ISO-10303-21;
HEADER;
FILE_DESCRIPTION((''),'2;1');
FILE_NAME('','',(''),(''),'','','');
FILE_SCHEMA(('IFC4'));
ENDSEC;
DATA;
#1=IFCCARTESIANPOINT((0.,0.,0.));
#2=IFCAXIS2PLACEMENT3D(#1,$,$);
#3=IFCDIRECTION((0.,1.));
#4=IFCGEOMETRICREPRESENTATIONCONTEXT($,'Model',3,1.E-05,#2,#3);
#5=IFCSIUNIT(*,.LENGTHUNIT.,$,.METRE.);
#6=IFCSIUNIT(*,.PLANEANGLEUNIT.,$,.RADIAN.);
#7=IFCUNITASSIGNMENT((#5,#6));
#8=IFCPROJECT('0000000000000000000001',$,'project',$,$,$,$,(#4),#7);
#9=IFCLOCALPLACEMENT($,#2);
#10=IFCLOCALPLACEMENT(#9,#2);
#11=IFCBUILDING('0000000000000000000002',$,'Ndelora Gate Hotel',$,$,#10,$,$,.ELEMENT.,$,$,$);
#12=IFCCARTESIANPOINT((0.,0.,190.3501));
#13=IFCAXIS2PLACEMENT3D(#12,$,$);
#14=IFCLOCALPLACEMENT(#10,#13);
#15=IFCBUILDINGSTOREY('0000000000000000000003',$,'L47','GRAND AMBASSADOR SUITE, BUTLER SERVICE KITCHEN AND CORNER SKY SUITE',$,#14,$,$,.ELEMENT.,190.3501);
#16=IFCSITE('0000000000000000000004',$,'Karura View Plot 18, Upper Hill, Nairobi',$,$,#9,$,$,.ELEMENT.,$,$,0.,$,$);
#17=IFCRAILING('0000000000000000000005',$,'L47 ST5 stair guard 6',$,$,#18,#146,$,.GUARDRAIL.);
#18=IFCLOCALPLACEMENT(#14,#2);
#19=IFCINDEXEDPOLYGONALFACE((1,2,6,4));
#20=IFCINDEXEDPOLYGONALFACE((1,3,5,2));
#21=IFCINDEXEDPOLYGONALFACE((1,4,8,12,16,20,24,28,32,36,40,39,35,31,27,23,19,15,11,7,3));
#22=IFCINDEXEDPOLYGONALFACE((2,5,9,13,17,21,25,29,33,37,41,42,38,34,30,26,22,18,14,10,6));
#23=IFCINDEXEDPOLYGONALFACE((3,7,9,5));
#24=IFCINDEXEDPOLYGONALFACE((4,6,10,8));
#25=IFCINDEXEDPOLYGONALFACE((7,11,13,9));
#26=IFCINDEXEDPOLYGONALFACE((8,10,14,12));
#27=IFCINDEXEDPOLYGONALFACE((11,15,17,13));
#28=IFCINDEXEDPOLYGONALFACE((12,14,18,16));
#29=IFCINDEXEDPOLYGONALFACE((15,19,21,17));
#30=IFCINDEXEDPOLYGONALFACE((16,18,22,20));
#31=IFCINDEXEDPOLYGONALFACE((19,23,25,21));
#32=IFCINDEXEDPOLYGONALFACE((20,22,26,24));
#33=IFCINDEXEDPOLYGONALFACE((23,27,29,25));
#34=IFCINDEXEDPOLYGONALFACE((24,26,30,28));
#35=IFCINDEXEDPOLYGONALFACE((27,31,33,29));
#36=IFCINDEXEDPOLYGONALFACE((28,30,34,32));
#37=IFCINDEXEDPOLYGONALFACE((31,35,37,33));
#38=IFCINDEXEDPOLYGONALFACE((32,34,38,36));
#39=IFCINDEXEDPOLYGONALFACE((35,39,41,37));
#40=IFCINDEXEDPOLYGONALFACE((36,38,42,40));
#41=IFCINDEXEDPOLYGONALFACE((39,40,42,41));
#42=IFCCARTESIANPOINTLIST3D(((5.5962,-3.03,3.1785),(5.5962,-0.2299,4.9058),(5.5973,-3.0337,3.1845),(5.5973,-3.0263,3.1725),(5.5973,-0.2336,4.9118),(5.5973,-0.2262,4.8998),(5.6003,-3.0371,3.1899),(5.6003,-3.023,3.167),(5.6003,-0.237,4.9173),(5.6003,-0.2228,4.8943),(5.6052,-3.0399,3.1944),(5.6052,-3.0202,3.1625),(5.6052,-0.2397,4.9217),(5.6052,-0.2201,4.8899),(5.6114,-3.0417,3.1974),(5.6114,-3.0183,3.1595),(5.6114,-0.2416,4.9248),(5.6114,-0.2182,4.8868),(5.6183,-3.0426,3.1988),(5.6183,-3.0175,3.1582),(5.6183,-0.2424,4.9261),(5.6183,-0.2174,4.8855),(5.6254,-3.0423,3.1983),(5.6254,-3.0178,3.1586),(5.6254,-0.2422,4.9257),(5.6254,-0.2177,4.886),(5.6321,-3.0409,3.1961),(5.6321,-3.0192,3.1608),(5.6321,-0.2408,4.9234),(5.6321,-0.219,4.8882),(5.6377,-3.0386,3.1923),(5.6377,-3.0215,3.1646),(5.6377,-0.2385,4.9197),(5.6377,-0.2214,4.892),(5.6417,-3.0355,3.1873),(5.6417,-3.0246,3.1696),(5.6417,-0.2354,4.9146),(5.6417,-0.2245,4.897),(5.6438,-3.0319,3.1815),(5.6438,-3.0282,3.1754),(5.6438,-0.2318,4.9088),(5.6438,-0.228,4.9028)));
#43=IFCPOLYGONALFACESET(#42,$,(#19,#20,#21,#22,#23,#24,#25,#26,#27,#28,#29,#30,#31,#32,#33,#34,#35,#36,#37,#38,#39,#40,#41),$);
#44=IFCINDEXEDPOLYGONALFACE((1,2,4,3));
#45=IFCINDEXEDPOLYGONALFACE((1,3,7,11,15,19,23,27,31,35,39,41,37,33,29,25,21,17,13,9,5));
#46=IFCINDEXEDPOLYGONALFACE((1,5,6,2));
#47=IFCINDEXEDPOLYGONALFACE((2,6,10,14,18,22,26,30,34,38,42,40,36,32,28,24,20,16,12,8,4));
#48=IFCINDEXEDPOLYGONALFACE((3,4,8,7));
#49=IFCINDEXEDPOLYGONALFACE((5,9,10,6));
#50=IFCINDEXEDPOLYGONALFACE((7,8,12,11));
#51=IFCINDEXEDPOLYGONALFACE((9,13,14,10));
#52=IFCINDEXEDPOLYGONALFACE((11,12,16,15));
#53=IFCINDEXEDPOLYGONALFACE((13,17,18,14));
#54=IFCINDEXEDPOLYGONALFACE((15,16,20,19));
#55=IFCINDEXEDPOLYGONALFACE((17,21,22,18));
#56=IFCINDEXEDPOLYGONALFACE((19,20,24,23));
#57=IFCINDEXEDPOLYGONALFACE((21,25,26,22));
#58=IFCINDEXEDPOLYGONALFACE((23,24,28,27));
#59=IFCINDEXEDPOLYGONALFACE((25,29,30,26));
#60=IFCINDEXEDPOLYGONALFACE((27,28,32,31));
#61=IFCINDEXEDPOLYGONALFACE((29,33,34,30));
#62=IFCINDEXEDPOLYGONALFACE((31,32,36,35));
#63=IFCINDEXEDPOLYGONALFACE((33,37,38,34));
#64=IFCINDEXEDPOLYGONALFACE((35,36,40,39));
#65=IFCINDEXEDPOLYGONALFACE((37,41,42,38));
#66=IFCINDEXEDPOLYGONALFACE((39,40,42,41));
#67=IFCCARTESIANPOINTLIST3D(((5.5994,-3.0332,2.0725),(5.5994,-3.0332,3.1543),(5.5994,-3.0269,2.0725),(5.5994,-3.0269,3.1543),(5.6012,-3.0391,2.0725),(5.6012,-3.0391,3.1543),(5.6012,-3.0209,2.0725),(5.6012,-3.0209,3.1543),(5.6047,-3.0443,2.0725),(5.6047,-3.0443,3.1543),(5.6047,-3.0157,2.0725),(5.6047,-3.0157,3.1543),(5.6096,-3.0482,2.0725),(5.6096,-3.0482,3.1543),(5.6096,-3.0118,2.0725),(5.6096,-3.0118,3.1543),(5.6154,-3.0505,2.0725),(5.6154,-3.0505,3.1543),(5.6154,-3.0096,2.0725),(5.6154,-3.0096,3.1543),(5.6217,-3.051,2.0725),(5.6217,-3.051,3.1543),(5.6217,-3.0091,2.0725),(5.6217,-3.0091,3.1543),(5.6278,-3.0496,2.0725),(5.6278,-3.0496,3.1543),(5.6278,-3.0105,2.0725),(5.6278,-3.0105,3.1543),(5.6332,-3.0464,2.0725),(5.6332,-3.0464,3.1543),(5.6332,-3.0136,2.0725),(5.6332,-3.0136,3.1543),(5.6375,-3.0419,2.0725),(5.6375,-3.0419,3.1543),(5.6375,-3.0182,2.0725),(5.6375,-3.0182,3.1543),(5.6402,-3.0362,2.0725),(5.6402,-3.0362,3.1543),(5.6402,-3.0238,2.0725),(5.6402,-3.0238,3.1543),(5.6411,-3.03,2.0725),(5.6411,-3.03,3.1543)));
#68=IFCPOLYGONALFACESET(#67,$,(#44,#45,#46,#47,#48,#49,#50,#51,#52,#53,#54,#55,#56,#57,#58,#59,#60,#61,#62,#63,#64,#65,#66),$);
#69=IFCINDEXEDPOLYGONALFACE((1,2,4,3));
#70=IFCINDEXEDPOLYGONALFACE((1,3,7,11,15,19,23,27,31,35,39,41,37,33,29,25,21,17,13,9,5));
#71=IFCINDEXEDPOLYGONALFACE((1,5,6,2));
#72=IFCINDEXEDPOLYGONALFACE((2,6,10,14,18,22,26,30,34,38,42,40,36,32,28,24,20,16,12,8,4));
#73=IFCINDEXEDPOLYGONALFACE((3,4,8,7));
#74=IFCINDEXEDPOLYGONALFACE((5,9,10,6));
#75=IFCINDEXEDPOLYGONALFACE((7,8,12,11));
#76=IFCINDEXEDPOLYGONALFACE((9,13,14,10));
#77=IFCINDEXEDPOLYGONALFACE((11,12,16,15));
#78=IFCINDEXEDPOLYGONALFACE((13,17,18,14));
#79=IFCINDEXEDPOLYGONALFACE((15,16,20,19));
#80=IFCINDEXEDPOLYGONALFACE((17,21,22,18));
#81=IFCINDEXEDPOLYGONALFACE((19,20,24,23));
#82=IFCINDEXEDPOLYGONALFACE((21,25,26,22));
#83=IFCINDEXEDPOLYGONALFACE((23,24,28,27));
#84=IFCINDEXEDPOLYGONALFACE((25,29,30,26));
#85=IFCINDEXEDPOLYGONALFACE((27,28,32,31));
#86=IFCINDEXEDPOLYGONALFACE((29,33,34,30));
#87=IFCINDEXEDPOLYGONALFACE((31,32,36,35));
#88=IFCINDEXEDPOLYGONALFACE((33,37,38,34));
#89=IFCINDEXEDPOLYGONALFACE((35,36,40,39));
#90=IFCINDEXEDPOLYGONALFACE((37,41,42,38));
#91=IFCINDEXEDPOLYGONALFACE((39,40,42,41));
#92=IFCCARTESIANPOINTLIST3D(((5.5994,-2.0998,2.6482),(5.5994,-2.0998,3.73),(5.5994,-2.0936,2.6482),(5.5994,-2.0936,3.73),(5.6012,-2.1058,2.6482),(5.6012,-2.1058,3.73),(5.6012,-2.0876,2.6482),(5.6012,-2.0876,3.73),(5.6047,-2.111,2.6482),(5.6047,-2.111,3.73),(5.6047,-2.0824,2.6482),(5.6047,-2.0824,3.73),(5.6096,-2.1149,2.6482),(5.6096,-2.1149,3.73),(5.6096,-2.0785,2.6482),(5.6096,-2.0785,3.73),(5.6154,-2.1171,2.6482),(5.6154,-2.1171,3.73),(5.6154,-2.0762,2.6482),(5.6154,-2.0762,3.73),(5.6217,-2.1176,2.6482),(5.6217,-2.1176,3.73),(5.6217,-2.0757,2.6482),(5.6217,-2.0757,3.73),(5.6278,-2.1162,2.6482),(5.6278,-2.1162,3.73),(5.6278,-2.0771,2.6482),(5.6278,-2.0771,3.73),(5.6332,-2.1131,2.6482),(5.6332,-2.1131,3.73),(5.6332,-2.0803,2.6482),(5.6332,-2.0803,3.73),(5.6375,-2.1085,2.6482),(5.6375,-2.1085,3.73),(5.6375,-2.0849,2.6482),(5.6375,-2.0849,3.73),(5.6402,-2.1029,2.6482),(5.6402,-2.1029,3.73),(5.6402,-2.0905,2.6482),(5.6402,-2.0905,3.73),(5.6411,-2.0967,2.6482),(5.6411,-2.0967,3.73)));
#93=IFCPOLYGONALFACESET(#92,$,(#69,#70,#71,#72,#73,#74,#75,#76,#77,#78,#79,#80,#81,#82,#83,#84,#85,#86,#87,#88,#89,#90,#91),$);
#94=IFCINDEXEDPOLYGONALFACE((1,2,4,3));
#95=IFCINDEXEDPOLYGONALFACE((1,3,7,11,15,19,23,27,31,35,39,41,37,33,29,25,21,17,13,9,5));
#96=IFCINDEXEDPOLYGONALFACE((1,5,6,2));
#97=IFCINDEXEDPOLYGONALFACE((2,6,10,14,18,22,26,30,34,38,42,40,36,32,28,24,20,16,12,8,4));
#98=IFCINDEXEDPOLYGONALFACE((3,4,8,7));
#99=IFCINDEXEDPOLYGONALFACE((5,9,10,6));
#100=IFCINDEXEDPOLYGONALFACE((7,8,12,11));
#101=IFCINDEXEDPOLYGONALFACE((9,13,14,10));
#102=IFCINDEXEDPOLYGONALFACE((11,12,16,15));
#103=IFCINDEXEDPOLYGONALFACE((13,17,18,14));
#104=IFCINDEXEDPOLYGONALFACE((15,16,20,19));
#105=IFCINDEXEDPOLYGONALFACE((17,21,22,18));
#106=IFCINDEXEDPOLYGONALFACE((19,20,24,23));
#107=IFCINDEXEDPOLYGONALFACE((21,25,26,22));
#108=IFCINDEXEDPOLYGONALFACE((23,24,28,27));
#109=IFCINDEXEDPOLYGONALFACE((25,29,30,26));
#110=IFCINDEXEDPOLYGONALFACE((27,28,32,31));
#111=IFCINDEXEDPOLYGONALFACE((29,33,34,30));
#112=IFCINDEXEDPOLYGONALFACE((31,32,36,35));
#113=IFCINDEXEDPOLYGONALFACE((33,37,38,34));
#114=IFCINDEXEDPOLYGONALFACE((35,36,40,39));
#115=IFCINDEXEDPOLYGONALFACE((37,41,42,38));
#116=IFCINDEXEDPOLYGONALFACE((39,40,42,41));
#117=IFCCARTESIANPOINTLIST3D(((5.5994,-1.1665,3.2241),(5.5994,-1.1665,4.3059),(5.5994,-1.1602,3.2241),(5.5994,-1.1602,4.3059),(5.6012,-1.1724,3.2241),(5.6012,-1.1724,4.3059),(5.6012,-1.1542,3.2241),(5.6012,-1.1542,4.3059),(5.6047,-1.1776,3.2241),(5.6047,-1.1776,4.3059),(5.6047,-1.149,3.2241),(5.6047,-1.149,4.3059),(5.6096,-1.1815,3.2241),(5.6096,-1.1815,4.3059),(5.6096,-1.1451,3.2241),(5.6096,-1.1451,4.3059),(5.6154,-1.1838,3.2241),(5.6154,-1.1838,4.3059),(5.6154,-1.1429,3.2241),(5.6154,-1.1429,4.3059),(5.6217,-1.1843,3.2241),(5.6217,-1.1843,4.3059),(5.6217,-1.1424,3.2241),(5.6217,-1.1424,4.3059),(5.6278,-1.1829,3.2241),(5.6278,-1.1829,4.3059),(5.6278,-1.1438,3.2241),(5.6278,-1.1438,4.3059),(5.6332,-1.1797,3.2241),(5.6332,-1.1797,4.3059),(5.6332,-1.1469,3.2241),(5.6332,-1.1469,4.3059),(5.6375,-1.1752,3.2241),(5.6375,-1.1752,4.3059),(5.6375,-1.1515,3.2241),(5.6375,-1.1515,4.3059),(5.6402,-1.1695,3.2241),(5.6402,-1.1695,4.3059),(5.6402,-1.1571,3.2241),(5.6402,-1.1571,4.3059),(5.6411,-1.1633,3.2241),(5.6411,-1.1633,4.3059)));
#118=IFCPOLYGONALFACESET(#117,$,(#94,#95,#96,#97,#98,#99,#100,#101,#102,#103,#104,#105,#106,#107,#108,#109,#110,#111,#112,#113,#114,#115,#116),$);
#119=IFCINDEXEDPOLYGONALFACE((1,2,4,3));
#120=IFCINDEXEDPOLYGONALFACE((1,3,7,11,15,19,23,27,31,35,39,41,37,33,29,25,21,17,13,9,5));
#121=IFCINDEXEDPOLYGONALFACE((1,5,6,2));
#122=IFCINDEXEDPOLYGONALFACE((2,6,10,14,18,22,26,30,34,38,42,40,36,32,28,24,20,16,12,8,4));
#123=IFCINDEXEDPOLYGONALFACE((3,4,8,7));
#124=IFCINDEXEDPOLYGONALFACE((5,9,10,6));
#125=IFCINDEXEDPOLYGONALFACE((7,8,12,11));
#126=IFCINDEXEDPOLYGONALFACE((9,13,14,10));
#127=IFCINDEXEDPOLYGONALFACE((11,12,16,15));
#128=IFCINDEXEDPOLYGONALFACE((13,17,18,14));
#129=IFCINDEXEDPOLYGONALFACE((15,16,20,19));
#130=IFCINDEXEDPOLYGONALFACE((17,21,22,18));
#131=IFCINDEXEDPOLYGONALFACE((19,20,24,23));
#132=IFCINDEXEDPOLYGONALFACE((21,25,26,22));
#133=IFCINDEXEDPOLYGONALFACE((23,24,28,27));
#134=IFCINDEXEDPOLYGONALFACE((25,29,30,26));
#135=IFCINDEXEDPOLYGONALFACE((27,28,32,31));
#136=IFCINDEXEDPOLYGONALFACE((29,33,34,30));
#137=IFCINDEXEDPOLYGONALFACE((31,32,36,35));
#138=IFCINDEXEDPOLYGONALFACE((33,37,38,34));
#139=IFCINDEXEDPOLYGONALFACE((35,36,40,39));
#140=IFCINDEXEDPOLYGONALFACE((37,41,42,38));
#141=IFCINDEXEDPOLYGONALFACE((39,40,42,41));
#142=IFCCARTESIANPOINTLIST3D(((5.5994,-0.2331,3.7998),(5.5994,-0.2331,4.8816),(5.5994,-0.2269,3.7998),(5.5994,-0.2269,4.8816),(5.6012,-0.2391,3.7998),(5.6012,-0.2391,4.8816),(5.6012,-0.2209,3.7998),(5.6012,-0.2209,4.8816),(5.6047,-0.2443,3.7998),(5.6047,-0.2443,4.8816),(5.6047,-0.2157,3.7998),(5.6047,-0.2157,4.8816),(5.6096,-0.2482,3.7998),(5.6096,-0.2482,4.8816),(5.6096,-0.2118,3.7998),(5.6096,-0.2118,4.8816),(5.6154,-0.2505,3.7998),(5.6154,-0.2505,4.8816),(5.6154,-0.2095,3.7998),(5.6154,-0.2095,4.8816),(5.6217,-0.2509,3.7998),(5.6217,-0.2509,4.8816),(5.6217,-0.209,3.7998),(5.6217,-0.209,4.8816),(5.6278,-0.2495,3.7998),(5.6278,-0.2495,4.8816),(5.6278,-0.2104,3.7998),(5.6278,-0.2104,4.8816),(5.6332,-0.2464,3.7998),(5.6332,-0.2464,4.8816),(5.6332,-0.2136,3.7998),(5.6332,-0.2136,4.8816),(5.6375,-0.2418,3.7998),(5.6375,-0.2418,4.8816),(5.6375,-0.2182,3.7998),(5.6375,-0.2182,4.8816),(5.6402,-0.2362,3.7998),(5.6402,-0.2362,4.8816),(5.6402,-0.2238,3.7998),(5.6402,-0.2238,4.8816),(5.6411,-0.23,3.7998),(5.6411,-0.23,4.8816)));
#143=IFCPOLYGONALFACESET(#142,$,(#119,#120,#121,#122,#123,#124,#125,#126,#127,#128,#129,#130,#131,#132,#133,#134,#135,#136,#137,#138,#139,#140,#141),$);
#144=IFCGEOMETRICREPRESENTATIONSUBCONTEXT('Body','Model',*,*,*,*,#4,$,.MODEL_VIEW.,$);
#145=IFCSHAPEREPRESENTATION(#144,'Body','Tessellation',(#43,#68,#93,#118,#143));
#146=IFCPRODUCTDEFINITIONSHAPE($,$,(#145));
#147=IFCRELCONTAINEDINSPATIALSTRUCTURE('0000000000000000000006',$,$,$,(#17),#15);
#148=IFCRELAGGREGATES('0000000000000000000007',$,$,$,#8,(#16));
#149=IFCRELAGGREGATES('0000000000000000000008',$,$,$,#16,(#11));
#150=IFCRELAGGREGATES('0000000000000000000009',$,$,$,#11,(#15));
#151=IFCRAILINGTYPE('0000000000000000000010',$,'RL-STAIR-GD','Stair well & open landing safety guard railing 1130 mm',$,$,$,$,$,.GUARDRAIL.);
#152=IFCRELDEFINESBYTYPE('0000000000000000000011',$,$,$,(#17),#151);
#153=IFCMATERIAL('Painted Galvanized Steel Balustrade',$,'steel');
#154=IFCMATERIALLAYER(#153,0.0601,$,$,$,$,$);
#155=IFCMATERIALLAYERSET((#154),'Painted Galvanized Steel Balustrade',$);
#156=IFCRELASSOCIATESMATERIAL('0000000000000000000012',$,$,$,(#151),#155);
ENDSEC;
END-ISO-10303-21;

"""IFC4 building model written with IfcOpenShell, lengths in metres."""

from ifc_helpers import new_model, si_unit, direction, frame, origin, origin_2d, place, context, subcontext, project, spatial, circle, extrude, material, layer, layer_set, type_object, element, save


model = new_model("IFC4")

# Units and contexts
model_context = context("Model", 3, precision=1e-05, world=origin(), true_north=direction((0.0, 1.0)))
body_context = subcontext(model_context, "Body", "Model", "MODEL_VIEW")
ifc_project = project(units=[si_unit("LENGTHUNIT", "METRE"), si_unit("PLANEANGLEUNIT", "RADIAN")], contexts=[model_context])

# Site, building, storey
site_placement = place(None, origin())
site = spatial("IfcSite", under=ifc_project, at=site_placement, Name="Karura View Plot 18, Upper Hill, Nairobi", CompositionType="ELEMENT", RefElevation=0.0)
building_placement = place(site_placement, origin())
building = spatial("IfcBuilding", under=site, at=building_placement, Name="Ndelora Gate Hotel", CompositionType="ELEMENT")
storey_placement = place(building_placement, frame((0.0, 0.0, 190.3501)))
storey = spatial("IfcBuildingStorey", under=building, at=storey_placement, Name="L47", Description="GRAND AMBASSADOR SUITE, BUTLER SERVICE KITCHEN AND CORNER SKY SUITE", CompositionType="ELEMENT", Elevation=190.3501)

# Railing
ifc_material_1 = material(Name="Painted Galvanized Steel Balustrade", Category="steel")
ifc_layer_1 = layer(ifc_material_1, 0.0601)
ifc_layer_set_1 = layer_set([ifc_layer_1], Name="Painted Galvanized Steel Balustrade")
railing_type_1 = type_object("IfcRailingType", Name="RL-STAIR-GD", Description="Stair well & open landing safety guard railing 1130 mm", PredefinedType="GUARDRAIL", material=ifc_layer_set_1)
railing_1_placement = place(storey_placement, frame((5.6201, -3.03, 2.0725)))
element("IfcRailing", 1, at=railing_1_placement, inside=storey, type_object=railing_type_1, Name="L47 ST5 stair guard 6", PredefinedType="GUARDRAIL", context=body_context, shape_type="SweptSolid", body=[
    extrude(circle(Radius=0.0239, at=origin_2d()), frame((0.0, 0.0, 1.106), z_axis=(0.0, 0.85109, 0.52502), x_axis=(-1.0, 0.0, 0.0)), (0.0, 0.0, 1.0), 3.29),
    extrude(circle(Radius=0.021, at=origin_2d()), origin(), (0.0, 0.0, 1.0), 1.0818),
    extrude(circle(Radius=0.021, at=origin_2d()), frame((0.0, 0.9333, 0.5757)), (0.0, 0.0, 1.0), 1.0818),
    extrude(circle(Radius=0.021, at=origin_2d()), frame((0.0, 1.8667, 1.1516)), (0.0, 0.0, 1.0), 1.0818),
    extrude(circle(Radius=0.021, at=origin_2d()), frame((0.0, 2.8, 1.7273)), (0.0, 0.0, 1.0), 1.0818),
])

save(model, "model.ifc")
